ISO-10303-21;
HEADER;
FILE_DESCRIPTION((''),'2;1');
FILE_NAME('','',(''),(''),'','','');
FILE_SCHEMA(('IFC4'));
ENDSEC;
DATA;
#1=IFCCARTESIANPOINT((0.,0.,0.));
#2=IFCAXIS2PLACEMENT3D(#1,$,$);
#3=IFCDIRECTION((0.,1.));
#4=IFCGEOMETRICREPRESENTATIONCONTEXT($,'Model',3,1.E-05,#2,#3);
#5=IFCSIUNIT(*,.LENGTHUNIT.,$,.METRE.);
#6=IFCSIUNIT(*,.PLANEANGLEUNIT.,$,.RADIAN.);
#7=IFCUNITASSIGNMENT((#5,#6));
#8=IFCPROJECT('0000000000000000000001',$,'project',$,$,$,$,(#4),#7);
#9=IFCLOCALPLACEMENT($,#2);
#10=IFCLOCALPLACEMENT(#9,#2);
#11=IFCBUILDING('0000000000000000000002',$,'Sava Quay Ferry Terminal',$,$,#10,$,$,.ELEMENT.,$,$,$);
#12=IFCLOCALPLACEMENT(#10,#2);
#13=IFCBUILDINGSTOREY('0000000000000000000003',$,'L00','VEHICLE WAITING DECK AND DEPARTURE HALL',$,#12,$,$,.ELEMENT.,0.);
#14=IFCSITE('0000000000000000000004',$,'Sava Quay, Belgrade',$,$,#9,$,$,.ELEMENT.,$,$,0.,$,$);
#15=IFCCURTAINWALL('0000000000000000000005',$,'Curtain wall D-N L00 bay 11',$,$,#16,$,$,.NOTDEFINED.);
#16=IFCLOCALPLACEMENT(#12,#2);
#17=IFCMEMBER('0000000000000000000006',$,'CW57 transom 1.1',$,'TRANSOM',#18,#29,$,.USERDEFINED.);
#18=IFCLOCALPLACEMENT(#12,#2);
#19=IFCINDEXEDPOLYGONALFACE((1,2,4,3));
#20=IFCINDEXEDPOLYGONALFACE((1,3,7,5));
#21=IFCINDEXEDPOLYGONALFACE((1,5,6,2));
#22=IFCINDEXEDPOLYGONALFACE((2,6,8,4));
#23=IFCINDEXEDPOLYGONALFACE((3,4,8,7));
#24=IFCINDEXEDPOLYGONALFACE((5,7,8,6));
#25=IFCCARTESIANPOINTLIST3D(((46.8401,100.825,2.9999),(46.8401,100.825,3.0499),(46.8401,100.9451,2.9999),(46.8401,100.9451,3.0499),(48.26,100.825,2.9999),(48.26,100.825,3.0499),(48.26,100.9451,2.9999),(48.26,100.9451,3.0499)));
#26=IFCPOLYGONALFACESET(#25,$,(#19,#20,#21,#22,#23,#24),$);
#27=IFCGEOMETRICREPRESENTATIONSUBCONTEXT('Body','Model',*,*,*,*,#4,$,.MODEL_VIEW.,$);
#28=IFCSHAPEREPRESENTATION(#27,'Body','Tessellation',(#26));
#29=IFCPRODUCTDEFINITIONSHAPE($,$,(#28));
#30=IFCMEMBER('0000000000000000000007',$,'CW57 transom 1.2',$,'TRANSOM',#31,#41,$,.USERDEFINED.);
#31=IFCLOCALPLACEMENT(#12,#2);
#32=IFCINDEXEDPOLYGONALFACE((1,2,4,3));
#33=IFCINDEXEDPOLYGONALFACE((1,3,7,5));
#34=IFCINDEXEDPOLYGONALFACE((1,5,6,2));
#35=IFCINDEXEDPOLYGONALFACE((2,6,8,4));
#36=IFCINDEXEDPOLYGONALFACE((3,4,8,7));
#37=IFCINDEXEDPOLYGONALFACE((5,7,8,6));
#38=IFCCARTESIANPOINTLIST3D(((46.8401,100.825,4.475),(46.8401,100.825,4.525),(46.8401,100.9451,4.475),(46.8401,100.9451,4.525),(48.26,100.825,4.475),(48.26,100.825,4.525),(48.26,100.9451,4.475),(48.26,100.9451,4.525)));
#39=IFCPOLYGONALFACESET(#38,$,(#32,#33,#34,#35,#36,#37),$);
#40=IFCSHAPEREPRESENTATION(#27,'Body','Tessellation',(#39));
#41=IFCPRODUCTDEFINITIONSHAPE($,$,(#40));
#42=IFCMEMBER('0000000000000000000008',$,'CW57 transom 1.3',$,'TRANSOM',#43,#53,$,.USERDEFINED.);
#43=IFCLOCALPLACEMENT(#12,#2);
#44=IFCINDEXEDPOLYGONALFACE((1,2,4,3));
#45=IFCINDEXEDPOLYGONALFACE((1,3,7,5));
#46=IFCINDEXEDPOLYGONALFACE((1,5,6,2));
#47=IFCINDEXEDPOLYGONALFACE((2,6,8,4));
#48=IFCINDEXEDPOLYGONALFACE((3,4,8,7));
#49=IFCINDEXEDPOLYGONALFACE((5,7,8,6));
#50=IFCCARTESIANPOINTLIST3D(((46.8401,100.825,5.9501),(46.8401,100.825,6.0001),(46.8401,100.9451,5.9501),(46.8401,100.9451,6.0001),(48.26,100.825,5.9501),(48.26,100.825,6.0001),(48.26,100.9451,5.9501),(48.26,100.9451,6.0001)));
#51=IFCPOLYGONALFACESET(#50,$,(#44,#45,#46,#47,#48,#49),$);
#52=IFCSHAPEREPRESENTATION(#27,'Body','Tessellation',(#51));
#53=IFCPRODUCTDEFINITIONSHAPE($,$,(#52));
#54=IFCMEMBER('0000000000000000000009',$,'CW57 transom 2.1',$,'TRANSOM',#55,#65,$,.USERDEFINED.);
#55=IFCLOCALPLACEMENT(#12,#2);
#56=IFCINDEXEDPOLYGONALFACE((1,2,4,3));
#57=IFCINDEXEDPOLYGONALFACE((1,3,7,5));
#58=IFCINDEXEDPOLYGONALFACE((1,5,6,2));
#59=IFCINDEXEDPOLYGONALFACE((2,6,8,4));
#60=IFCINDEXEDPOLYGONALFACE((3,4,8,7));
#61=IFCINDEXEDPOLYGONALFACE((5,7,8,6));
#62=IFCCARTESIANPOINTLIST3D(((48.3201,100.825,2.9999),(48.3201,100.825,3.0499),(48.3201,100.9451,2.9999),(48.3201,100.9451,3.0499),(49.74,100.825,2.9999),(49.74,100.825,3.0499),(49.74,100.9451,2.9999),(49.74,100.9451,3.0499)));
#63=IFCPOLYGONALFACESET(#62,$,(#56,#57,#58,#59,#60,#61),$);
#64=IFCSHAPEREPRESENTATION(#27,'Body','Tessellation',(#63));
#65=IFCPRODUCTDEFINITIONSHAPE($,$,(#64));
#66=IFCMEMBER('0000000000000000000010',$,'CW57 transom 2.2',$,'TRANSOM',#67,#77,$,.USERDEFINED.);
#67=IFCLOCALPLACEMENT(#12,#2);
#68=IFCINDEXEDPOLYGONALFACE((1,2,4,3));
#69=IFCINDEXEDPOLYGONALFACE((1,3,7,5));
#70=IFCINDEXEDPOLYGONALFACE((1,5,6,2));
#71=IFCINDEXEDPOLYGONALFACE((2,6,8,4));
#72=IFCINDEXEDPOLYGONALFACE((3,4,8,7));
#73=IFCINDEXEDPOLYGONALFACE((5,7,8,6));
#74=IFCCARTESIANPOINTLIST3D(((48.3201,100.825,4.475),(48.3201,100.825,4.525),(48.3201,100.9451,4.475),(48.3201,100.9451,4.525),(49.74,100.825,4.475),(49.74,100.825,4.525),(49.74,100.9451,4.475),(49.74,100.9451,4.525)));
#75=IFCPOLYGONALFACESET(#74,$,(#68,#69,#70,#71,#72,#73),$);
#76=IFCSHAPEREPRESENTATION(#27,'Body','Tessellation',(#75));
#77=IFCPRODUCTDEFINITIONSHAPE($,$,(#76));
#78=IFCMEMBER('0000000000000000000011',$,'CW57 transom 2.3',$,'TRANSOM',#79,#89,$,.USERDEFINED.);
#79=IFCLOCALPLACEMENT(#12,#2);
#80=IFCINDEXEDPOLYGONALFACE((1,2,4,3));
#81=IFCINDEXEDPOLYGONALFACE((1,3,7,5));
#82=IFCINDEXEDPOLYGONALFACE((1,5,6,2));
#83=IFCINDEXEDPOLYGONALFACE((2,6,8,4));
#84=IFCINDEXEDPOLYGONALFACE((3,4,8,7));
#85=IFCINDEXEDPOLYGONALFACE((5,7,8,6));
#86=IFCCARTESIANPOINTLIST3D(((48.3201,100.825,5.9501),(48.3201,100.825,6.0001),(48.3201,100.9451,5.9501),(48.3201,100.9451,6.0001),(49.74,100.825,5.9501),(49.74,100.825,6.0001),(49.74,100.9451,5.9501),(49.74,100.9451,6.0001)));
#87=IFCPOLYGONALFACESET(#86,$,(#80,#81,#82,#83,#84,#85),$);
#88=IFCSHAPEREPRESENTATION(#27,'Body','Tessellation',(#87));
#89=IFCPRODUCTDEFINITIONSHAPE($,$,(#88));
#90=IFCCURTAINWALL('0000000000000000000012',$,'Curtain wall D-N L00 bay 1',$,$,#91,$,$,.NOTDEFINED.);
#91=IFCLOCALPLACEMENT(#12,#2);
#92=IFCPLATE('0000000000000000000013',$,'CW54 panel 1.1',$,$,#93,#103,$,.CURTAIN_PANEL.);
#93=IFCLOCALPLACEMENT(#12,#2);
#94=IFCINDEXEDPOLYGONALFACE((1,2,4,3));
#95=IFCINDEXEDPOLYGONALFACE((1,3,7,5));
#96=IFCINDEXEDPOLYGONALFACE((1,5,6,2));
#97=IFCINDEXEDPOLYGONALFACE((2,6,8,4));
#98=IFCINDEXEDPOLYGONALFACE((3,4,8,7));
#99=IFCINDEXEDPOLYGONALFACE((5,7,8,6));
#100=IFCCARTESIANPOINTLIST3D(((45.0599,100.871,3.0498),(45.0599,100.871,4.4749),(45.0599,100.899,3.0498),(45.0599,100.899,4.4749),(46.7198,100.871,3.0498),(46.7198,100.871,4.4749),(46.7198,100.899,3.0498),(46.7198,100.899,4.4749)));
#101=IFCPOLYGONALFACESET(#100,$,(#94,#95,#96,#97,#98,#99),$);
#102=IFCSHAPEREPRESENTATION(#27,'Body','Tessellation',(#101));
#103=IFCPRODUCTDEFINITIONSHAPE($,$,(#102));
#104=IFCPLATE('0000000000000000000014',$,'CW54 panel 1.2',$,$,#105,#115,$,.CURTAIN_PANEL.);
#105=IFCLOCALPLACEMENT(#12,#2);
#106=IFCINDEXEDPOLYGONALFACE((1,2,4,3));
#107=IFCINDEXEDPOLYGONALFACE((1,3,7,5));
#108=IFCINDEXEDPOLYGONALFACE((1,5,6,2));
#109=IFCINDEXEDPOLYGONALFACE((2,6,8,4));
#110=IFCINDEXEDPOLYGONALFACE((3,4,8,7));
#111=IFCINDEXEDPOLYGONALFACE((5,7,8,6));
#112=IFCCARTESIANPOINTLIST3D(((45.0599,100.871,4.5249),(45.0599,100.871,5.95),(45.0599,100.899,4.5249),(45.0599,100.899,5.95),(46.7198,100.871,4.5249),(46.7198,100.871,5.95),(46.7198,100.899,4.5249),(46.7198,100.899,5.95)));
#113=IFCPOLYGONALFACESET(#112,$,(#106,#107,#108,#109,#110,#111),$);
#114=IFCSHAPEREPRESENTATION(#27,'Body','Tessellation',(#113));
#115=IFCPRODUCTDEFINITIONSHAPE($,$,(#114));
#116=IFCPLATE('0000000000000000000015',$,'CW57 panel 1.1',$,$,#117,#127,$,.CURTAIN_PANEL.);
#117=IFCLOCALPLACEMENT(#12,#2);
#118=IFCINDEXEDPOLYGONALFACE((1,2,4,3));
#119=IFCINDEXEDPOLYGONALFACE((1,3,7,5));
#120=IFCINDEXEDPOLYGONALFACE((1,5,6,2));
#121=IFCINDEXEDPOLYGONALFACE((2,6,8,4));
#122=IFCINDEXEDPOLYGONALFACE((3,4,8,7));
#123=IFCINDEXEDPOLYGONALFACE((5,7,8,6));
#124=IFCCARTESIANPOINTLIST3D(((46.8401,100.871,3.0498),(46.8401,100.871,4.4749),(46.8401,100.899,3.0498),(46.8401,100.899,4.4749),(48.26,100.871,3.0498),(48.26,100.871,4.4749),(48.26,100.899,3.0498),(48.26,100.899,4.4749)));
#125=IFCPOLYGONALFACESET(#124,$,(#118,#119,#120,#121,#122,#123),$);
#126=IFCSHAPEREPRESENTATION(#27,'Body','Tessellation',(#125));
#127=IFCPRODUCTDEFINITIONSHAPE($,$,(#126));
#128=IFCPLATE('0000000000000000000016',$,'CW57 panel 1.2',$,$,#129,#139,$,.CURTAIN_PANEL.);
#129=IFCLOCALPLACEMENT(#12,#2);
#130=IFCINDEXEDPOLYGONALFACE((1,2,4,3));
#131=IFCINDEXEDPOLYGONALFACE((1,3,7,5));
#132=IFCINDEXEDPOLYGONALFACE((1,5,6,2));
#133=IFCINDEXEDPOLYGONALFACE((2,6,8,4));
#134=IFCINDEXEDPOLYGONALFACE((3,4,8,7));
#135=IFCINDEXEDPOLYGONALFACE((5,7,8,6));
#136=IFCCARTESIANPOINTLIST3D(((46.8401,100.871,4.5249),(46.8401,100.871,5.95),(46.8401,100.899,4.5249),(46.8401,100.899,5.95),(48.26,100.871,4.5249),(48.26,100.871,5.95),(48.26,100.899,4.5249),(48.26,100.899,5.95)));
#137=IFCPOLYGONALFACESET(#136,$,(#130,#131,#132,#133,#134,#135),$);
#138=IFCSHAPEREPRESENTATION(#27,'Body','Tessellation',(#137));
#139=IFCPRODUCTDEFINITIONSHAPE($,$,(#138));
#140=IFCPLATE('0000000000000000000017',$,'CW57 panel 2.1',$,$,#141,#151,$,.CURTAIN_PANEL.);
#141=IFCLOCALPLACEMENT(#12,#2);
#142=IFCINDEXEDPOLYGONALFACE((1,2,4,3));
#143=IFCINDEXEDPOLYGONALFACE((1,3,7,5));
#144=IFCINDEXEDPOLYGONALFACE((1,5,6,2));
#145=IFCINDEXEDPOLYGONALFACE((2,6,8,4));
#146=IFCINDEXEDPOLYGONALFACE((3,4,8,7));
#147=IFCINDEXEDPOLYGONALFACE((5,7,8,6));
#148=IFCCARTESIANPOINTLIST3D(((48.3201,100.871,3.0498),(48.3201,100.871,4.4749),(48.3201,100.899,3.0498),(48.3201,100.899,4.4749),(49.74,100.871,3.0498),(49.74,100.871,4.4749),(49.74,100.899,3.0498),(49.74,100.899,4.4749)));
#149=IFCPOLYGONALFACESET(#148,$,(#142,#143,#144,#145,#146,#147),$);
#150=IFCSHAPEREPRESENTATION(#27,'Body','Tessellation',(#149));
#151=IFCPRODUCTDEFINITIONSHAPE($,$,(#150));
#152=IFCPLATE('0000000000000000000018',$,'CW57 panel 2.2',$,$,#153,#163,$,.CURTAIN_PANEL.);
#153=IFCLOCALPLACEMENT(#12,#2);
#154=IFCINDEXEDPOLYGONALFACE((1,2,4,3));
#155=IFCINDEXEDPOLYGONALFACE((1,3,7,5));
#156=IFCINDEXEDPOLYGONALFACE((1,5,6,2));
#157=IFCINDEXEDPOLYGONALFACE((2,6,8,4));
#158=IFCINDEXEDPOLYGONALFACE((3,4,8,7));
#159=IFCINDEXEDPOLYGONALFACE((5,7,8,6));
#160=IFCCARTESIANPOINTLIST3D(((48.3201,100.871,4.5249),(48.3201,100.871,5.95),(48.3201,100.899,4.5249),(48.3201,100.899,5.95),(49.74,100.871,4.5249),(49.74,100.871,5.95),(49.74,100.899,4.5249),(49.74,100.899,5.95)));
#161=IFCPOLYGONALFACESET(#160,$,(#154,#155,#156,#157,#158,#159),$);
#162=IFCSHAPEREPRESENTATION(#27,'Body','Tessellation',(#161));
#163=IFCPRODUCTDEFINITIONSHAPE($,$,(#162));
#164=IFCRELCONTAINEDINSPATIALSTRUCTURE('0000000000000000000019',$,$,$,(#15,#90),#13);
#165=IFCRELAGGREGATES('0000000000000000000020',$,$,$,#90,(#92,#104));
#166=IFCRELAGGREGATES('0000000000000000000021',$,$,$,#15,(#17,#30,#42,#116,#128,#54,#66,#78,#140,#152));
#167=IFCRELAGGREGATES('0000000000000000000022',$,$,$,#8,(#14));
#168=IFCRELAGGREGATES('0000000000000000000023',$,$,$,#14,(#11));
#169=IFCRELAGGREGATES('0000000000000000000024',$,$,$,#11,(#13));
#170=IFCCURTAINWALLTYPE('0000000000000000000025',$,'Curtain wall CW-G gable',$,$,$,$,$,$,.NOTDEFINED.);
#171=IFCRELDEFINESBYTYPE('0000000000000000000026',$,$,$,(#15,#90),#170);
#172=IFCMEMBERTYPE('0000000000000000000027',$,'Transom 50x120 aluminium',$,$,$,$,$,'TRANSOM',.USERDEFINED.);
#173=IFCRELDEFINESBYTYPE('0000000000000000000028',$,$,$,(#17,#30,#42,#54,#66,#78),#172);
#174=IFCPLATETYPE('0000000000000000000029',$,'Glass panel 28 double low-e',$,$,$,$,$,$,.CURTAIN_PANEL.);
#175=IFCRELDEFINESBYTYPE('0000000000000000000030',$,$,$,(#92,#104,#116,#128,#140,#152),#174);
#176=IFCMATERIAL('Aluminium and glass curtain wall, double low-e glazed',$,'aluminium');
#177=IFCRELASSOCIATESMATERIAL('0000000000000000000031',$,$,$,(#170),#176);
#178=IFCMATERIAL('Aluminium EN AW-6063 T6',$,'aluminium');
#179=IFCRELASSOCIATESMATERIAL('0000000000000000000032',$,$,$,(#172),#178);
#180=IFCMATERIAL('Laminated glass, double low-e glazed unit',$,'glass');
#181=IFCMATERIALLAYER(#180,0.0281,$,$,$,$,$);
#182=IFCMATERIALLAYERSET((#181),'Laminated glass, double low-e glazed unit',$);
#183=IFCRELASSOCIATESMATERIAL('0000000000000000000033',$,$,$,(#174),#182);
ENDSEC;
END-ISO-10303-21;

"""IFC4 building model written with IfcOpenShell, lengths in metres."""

from ifc_helpers import new_model, si_unit, direction, frame, origin, origin_2d, place, context, subcontext, project, spatial, rectangle, extrude, material, layer, layer_set, material_profile, profile_set, type_object, element, aggregate, save


model = new_model("IFC4")

# Units and contexts
model_context = context("Model", 3, precision=1e-05, world=origin(), true_north=direction((0.0, 1.0)))
body_context = subcontext(model_context, "Body", "Model", "MODEL_VIEW")
ifc_project = project(units=[si_unit("LENGTHUNIT", "METRE"), si_unit("PLANEANGLEUNIT", "RADIAN")], contexts=[model_context])

# Site, building, storey
site_placement = place(None, origin())
site = spatial("IfcSite", under=ifc_project, at=site_placement, Name="Sava Quay, Belgrade", CompositionType="ELEMENT", RefElevation=0.0)
building_placement = place(site_placement, origin())
building = spatial("IfcBuilding", under=site, at=building_placement, Name="Sava Quay Ferry Terminal", CompositionType="ELEMENT")
storey_placement = place(building_placement, origin())
storey = spatial("IfcBuildingStorey", under=building, at=storey_placement, Name="L00", Description="VEHICLE WAITING DECK AND DEPARTURE HALL", CompositionType="ELEMENT", Elevation=0.0)

# Curtain wall, members
ifc_material_1 = material(Name="Aluminium and glass curtain wall, double low-e glazed", Category="aluminium")
curtain_wall_type = type_object("IfcCurtainWallType", Name="Curtain wall CW-G gable", PredefinedType="NOTDEFINED", material=ifc_material_1)
curtain_wall_1_placement = place(storey_placement, origin())
curtain_wall_1 = element("IfcCurtainWall", 1, at=curtain_wall_1_placement, inside=storey, type_object=curtain_wall_type, Name="Curtain wall D-N L00 bay 11", PredefinedType="NOTDEFINED")
ifc_material_2 = material(Name="Aluminium EN AW-6063 T6", Category="aluminium")
ifc_material_profile_1 = material_profile(ifc_material_2, rectangle(XDim=0.1201, YDim=0.05, at=origin_2d()), Name="Transom 50x120 aluminium")
ifc_profile_set_1 = profile_set([ifc_material_profile_1], Name="Aluminium EN AW-6063 T6")
member_type_1 = type_object("IfcMemberType", Name="Transom 50x120 aluminium", ElementType="TRANSOM", PredefinedType="USERDEFINED", material=ifc_profile_set_1)
member_1_placement = place(storey_placement, frame((46.8401, 100.885, 3.0249), z_axis=(1.0, 0.0, 0.0), x_axis=(0.0, 1.0, 0.0)))
member_1 = element("IfcMember", 2, at=member_1_placement, type_object=member_type_1, Name="CW57 transom 1.1", ObjectType="TRANSOM", PredefinedType="USERDEFINED", context=body_context, shape_type="SweptSolid", body=[
    extrude(rectangle(XDim=0.1201, YDim=0.05, at=origin_2d()), origin(), (0.0, 0.0, 1.0), 1.4199),
])
member_2_placement = place(storey_placement, frame((46.8401, 100.885, 4.5), z_axis=(1.0, 0.0, 0.0), x_axis=(0.0, 1.0, 0.0)))
member_2 = element("IfcMember", 3, at=member_2_placement, type_object=member_type_1, Name="CW57 transom 1.2", ObjectType="TRANSOM", PredefinedType="USERDEFINED", context=body_context, shape_type="SweptSolid", body=[
    extrude(rectangle(XDim=0.1201, YDim=0.05, at=origin_2d()), origin(), (0.0, 0.0, 1.0), 1.4199),
])
member_3_placement = place(storey_placement, frame((46.8401, 100.885, 5.9751), z_axis=(1.0, 0.0, 0.0), x_axis=(0.0, 1.0, 0.0)))
member_3 = element("IfcMember", 4, at=member_3_placement, type_object=member_type_1, Name="CW57 transom 1.3", ObjectType="TRANSOM", PredefinedType="USERDEFINED", context=body_context, shape_type="SweptSolid", body=[
    extrude(rectangle(XDim=0.1201, YDim=0.05, at=origin_2d()), origin(), (0.0, 0.0, 1.0), 1.4199),
])
member_4_placement = place(storey_placement, frame((48.3201, 100.885, 3.0249), z_axis=(1.0, 0.0, 0.0), x_axis=(0.0, 1.0, 0.0)))
member_4 = element("IfcMember", 5, at=member_4_placement, type_object=member_type_1, Name="CW57 transom 2.1", ObjectType="TRANSOM", PredefinedType="USERDEFINED", context=body_context, shape_type="SweptSolid", body=[
    extrude(rectangle(XDim=0.1201, YDim=0.05, at=origin_2d()), origin(), (0.0, 0.0, 1.0), 1.4199),
])
member_5_placement = place(storey_placement, frame((48.3201, 100.885, 4.5), z_axis=(1.0, 0.0, 0.0), x_axis=(0.0, 1.0, 0.0)))
member_5 = element("IfcMember", 6, at=member_5_placement, type_object=member_type_1, Name="CW57 transom 2.2", ObjectType="TRANSOM", PredefinedType="USERDEFINED", context=body_context, shape_type="SweptSolid", body=[
    extrude(rectangle(XDim=0.1201, YDim=0.05, at=origin_2d()), origin(), (0.0, 0.0, 1.0), 1.4199),
])
member_6_placement = place(storey_placement, frame((48.3201, 100.885, 5.9751), z_axis=(1.0, 0.0, 0.0), x_axis=(0.0, 1.0, 0.0)))
member_6 = element("IfcMember", 7, at=member_6_placement, type_object=member_type_1, Name="CW57 transom 2.3", ObjectType="TRANSOM", PredefinedType="USERDEFINED", context=body_context, shape_type="SweptSolid", body=[
    extrude(rectangle(XDim=0.1201, YDim=0.05, at=origin_2d()), origin(), (0.0, 0.0, 1.0), 1.4199),
])

# Curtain wall, plates
curtain_wall_2_placement = place(storey_placement, origin())
curtain_wall_2 = element("IfcCurtainWall", 8, at=curtain_wall_2_placement, inside=storey, type_object=curtain_wall_type, Name="Curtain wall D-N L00 bay 1", PredefinedType="NOTDEFINED")
ifc_material_3 = material(Name="Laminated glass, double low-e glazed unit", Category="glass")
ifc_layer = layer(ifc_material_3, 0.0281)
ifc_layer_set = layer_set([ifc_layer], Name="Laminated glass, double low-e glazed unit")
plate_type = type_object("IfcPlateType", Name="Glass panel 28 double low-e", PredefinedType="CURTAIN_PANEL", material=ifc_layer_set)
plate_1_placement = place(storey_placement, frame((45.8899, 100.885, 3.0498), z_axis=(0.0, 0.0, 1.0), x_axis=(1.0, 0.0, 0.0)))
plate_1 = element("IfcPlate", 9, at=plate_1_placement, type_object=plate_type, Name="CW54 panel 1.1", PredefinedType="CURTAIN_PANEL", context=body_context, shape_type="SweptSolid", body=[
    extrude(rectangle(XDim=1.6599, YDim=0.0281, at=origin_2d()), origin(), (0.0, 0.0, 1.0), 1.425),
])
plate_2_placement = place(storey_placement, frame((45.8899, 100.885, 4.5249), z_axis=(0.0, 0.0, 1.0), x_axis=(1.0, 0.0, 0.0)))
plate_2 = element("IfcPlate", 10, at=plate_2_placement, type_object=plate_type, Name="CW54 panel 1.2", PredefinedType="CURTAIN_PANEL", context=body_context, shape_type="SweptSolid", body=[
    extrude(rectangle(XDim=1.6599, YDim=0.0281, at=origin_2d()), origin(), (0.0, 0.0, 1.0), 1.425),
])
aggregate(curtain_wall_2, [plate_1, plate_2])

# Plates
plate_3_placement = place(storey_placement, frame((47.55, 100.885, 3.0498), z_axis=(0.0, 0.0, 1.0), x_axis=(1.0, 0.0, 0.0)))
plate_3 = element("IfcPlate", 11, at=plate_3_placement, type_object=plate_type, Name="CW57 panel 1.1", PredefinedType="CURTAIN_PANEL", context=body_context, shape_type="SweptSolid", body=[
    extrude(rectangle(XDim=1.4199, YDim=0.0281, at=origin_2d()), origin(), (0.0, 0.0, 1.0), 1.425),
])
plate_4_placement = place(storey_placement, frame((47.55, 100.885, 4.5249), z_axis=(0.0, 0.0, 1.0), x_axis=(1.0, 0.0, 0.0)))
plate_4 = element("IfcPlate", 12, at=plate_4_placement, type_object=plate_type, Name="CW57 panel 1.2", PredefinedType="CURTAIN_PANEL", context=body_context, shape_type="SweptSolid", body=[
    extrude(rectangle(XDim=1.4199, YDim=0.0281, at=origin_2d()), origin(), (0.0, 0.0, 1.0), 1.425),
])
plate_5_placement = place(storey_placement, frame((49.03, 100.885, 3.0498), z_axis=(0.0, 0.0, 1.0), x_axis=(1.0, 0.0, 0.0)))
plate_5 = element("IfcPlate", 13, at=plate_5_placement, type_object=plate_type, Name="CW57 panel 2.1", PredefinedType="CURTAIN_PANEL", context=body_context, shape_type="SweptSolid", body=[
    extrude(rectangle(XDim=1.4199, YDim=0.0281, at=origin_2d()), origin(), (0.0, 0.0, 1.0), 1.425),
])
plate_6_placement = place(storey_placement, frame((49.03, 100.885, 4.5249), z_axis=(0.0, 0.0, 1.0), x_axis=(1.0, 0.0, 0.0)))
plate_6 = element("IfcPlate", 14, at=plate_6_placement, type_object=plate_type, Name="CW57 panel 2.2", PredefinedType="CURTAIN_PANEL", context=body_context, shape_type="SweptSolid", body=[
    extrude(rectangle(XDim=1.4199, YDim=0.0281, at=origin_2d()), origin(), (0.0, 0.0, 1.0), 1.425),
])
aggregate(curtain_wall_1, [member_1, member_2, member_3, plate_3, plate_4, member_4, member_5, member_6, plate_5, plate_6])

save(model, "model.ifc")
